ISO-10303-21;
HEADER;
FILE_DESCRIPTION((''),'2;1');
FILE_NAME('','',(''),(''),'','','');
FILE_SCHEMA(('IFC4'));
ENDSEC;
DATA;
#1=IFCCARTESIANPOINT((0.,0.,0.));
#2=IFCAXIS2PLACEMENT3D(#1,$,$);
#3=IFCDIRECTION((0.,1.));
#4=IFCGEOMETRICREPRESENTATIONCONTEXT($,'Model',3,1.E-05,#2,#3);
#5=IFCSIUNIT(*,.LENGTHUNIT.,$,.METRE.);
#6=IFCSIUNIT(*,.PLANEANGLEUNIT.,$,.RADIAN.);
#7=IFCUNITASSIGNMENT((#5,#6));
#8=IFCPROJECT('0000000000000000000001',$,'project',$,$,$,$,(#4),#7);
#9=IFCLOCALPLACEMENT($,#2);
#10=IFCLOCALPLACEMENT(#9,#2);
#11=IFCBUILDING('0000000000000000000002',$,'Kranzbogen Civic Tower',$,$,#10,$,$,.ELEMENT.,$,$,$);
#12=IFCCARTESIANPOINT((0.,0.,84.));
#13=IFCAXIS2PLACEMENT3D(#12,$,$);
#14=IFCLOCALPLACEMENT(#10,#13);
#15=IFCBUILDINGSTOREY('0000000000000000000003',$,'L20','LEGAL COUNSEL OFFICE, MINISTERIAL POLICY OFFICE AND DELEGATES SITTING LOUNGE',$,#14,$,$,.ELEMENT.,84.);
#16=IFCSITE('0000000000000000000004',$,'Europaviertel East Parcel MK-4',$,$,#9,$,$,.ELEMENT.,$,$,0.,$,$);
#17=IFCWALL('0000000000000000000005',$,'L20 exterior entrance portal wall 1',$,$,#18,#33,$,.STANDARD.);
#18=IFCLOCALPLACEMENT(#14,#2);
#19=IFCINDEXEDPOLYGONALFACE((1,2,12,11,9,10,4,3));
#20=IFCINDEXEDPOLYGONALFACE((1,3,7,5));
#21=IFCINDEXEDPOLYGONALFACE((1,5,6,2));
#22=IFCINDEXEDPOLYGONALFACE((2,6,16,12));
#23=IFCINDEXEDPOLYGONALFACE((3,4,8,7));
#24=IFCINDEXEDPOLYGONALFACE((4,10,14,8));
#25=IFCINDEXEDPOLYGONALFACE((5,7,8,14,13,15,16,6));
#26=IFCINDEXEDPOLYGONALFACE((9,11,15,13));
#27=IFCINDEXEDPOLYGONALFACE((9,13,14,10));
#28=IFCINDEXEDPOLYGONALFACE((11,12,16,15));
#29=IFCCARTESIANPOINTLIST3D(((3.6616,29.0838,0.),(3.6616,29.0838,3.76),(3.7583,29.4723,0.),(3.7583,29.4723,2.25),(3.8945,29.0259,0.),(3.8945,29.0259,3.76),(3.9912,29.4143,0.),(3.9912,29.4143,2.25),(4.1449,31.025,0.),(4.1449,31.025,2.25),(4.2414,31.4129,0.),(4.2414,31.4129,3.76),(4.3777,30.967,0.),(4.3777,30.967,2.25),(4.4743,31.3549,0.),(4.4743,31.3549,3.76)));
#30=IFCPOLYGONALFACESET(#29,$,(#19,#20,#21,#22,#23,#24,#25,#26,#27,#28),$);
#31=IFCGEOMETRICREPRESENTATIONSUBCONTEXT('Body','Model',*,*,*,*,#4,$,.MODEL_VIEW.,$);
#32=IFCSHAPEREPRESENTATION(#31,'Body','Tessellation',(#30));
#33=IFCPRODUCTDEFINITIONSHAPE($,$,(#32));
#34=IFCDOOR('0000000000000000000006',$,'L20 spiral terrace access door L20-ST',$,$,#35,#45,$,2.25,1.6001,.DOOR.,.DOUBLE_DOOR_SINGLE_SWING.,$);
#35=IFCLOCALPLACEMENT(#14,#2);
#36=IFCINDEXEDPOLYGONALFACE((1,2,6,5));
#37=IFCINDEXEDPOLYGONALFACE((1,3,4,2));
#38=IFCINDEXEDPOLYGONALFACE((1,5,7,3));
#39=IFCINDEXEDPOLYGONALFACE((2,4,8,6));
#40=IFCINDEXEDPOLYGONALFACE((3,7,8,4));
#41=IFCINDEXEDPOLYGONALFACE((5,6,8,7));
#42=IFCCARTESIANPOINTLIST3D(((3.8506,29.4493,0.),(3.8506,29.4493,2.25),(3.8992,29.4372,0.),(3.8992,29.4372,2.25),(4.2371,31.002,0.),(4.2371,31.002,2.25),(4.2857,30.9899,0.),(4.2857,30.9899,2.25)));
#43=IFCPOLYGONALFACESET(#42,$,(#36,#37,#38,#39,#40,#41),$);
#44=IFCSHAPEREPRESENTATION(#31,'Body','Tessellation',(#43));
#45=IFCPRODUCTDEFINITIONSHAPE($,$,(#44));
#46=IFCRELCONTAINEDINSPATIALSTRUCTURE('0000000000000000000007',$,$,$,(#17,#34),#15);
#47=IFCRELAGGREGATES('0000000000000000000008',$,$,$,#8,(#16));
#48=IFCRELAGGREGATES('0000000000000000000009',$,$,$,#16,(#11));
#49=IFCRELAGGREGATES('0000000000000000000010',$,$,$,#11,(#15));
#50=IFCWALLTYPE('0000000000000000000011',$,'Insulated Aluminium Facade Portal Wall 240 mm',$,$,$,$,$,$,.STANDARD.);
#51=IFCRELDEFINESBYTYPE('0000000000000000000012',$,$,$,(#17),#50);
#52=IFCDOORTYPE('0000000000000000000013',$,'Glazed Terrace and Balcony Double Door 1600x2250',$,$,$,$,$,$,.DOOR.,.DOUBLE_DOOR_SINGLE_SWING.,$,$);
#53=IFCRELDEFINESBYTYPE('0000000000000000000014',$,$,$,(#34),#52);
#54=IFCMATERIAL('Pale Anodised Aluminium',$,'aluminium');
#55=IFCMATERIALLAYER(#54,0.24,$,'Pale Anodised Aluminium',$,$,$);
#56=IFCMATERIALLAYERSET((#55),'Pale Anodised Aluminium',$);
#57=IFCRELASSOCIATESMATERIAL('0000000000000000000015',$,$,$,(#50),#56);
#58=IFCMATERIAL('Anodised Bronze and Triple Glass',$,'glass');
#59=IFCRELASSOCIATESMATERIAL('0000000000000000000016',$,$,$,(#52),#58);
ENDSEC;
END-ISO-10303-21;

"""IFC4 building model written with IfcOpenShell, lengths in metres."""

from ifc_helpers import new_model, si_unit, direction, frame, frame_2d, origin, place, context, subcontext, project, spatial, rectangle, extrude, material, layer, layer_set, type_object, element, fill, save


model = new_model("IFC4")

# Units and contexts
model_context = context("Model", 3, precision=1e-05, world=origin(), true_north=direction((0.0, 1.0)))
body_context = subcontext(model_context, "Body", "Model", "MODEL_VIEW")
ifc_project = project(units=[si_unit("LENGTHUNIT", "METRE"), si_unit("PLANEANGLEUNIT", "RADIAN")], contexts=[model_context])

# Site, building, storey
site_placement = place(None, origin())
site = spatial("IfcSite", under=ifc_project, at=site_placement, Name="Europaviertel East Parcel MK-4", CompositionType="ELEMENT", RefElevation=0.0)
building_placement = place(site_placement, origin())
building = spatial("IfcBuilding", under=site, at=building_placement, Name="Kranzbogen Civic Tower", CompositionType="ELEMENT")
storey_placement = place(building_placement, frame((0.0, 0.0, 84.0)))
storey = spatial("IfcBuildingStorey", under=building, at=storey_placement, Name="L20", Description="LEGAL COUNSEL OFFICE, MINISTERIAL POLICY OFFICE AND DELEGATES SITTING LOUNGE", CompositionType="ELEMENT", Elevation=84.0)

# Shared definitions
ifc_material_1 = material(Name="Pale Anodised Aluminium", Category="aluminium")

# Wall, opening, door
ifc_layer_1 = layer(ifc_material_1, 0.24, Name="Pale Anodised Aluminium")
ifc_layer_set_1 = layer_set([ifc_layer_1], Name="Pale Anodised Aluminium")
wall_type_1 = type_object("IfcWallType", Name="Insulated Aluminium Facade Portal Wall 240 mm", PredefinedType="STANDARD", material=ifc_layer_set_1)
wall_1_placement = place(storey_placement, frame((4.3579, 31.384, 0.0), z_axis=(0.0, 0.0, 1.0), x_axis=(-0.241578, -0.970381, 0.0)))
wall_1 = element("IfcWall", 1, at=wall_1_placement, inside=storey, type_object=wall_type_1, Name="L20 exterior entrance portal wall 1", PredefinedType="STANDARD", context=body_context, shape_type="SweptSolid", body=[
    extrude(rectangle(XDim=2.4001, YDim=0.24, at=frame_2d((1.2002, 0.0))), origin(), (0.0, 0.0, 1.0), 3.76),
])
opening_1_placement = place(wall_1_placement, frame((0.3999, 0.0, 0.0)))
opening_1 = element("IfcOpeningElement", 2, at=opening_1_placement, cuts=wall_1, PredefinedType="OPENING", context=body_context, shape_type="SweptSolid", body=[
    extrude(rectangle(XDim=1.6001, YDim=2.25, at=frame_2d((0.8, 1.125))), frame((0.0, 0.1299, 0.0), z_axis=(0.0, -1.0, 0.0), x_axis=(1.0, 0.0, 0.0)), (0.0, 0.0, 1.0), 0.26),
])
ifc_material_2 = material(Name="Anodised Bronze and Triple Glass", Category="glass")
door_type_1 = type_object("IfcDoorType", Name="Glazed Terrace and Balcony Double Door 1600x2250", OperationType="DOUBLE_DOOR_SINGLE_SWING", PredefinedType="DOOR", material=ifc_material_2)
door_1_placement = place(opening_1_placement, frame((1.6001, 0.0, 0.0), z_axis=(0.0, 0.0, 1.0), x_axis=(-1.0, 0.0, 0.0)))
door_1 = element("IfcDoor", 3, at=door_1_placement, inside=storey, type_object=door_type_1, Name="L20 spiral terrace access door L20-ST", OperationType="DOUBLE_DOOR_SINGLE_SWING", OverallHeight=2.25, OverallWidth=1.6001, PredefinedType="DOOR", context=body_context, shape_type="SweptSolid", body=[
    extrude(rectangle(XDim=1.6001, YDim=2.25, at=frame_2d((0.8, 1.125))), frame((0.0, 0.0249, 0.0), z_axis=(0.0, -1.0, 0.0), x_axis=(1.0, 0.0, 0.0)), (0.0, 0.0, 1.0), 0.05),
])
fill(opening_1, door_1)

save(model, "model.ifc")
